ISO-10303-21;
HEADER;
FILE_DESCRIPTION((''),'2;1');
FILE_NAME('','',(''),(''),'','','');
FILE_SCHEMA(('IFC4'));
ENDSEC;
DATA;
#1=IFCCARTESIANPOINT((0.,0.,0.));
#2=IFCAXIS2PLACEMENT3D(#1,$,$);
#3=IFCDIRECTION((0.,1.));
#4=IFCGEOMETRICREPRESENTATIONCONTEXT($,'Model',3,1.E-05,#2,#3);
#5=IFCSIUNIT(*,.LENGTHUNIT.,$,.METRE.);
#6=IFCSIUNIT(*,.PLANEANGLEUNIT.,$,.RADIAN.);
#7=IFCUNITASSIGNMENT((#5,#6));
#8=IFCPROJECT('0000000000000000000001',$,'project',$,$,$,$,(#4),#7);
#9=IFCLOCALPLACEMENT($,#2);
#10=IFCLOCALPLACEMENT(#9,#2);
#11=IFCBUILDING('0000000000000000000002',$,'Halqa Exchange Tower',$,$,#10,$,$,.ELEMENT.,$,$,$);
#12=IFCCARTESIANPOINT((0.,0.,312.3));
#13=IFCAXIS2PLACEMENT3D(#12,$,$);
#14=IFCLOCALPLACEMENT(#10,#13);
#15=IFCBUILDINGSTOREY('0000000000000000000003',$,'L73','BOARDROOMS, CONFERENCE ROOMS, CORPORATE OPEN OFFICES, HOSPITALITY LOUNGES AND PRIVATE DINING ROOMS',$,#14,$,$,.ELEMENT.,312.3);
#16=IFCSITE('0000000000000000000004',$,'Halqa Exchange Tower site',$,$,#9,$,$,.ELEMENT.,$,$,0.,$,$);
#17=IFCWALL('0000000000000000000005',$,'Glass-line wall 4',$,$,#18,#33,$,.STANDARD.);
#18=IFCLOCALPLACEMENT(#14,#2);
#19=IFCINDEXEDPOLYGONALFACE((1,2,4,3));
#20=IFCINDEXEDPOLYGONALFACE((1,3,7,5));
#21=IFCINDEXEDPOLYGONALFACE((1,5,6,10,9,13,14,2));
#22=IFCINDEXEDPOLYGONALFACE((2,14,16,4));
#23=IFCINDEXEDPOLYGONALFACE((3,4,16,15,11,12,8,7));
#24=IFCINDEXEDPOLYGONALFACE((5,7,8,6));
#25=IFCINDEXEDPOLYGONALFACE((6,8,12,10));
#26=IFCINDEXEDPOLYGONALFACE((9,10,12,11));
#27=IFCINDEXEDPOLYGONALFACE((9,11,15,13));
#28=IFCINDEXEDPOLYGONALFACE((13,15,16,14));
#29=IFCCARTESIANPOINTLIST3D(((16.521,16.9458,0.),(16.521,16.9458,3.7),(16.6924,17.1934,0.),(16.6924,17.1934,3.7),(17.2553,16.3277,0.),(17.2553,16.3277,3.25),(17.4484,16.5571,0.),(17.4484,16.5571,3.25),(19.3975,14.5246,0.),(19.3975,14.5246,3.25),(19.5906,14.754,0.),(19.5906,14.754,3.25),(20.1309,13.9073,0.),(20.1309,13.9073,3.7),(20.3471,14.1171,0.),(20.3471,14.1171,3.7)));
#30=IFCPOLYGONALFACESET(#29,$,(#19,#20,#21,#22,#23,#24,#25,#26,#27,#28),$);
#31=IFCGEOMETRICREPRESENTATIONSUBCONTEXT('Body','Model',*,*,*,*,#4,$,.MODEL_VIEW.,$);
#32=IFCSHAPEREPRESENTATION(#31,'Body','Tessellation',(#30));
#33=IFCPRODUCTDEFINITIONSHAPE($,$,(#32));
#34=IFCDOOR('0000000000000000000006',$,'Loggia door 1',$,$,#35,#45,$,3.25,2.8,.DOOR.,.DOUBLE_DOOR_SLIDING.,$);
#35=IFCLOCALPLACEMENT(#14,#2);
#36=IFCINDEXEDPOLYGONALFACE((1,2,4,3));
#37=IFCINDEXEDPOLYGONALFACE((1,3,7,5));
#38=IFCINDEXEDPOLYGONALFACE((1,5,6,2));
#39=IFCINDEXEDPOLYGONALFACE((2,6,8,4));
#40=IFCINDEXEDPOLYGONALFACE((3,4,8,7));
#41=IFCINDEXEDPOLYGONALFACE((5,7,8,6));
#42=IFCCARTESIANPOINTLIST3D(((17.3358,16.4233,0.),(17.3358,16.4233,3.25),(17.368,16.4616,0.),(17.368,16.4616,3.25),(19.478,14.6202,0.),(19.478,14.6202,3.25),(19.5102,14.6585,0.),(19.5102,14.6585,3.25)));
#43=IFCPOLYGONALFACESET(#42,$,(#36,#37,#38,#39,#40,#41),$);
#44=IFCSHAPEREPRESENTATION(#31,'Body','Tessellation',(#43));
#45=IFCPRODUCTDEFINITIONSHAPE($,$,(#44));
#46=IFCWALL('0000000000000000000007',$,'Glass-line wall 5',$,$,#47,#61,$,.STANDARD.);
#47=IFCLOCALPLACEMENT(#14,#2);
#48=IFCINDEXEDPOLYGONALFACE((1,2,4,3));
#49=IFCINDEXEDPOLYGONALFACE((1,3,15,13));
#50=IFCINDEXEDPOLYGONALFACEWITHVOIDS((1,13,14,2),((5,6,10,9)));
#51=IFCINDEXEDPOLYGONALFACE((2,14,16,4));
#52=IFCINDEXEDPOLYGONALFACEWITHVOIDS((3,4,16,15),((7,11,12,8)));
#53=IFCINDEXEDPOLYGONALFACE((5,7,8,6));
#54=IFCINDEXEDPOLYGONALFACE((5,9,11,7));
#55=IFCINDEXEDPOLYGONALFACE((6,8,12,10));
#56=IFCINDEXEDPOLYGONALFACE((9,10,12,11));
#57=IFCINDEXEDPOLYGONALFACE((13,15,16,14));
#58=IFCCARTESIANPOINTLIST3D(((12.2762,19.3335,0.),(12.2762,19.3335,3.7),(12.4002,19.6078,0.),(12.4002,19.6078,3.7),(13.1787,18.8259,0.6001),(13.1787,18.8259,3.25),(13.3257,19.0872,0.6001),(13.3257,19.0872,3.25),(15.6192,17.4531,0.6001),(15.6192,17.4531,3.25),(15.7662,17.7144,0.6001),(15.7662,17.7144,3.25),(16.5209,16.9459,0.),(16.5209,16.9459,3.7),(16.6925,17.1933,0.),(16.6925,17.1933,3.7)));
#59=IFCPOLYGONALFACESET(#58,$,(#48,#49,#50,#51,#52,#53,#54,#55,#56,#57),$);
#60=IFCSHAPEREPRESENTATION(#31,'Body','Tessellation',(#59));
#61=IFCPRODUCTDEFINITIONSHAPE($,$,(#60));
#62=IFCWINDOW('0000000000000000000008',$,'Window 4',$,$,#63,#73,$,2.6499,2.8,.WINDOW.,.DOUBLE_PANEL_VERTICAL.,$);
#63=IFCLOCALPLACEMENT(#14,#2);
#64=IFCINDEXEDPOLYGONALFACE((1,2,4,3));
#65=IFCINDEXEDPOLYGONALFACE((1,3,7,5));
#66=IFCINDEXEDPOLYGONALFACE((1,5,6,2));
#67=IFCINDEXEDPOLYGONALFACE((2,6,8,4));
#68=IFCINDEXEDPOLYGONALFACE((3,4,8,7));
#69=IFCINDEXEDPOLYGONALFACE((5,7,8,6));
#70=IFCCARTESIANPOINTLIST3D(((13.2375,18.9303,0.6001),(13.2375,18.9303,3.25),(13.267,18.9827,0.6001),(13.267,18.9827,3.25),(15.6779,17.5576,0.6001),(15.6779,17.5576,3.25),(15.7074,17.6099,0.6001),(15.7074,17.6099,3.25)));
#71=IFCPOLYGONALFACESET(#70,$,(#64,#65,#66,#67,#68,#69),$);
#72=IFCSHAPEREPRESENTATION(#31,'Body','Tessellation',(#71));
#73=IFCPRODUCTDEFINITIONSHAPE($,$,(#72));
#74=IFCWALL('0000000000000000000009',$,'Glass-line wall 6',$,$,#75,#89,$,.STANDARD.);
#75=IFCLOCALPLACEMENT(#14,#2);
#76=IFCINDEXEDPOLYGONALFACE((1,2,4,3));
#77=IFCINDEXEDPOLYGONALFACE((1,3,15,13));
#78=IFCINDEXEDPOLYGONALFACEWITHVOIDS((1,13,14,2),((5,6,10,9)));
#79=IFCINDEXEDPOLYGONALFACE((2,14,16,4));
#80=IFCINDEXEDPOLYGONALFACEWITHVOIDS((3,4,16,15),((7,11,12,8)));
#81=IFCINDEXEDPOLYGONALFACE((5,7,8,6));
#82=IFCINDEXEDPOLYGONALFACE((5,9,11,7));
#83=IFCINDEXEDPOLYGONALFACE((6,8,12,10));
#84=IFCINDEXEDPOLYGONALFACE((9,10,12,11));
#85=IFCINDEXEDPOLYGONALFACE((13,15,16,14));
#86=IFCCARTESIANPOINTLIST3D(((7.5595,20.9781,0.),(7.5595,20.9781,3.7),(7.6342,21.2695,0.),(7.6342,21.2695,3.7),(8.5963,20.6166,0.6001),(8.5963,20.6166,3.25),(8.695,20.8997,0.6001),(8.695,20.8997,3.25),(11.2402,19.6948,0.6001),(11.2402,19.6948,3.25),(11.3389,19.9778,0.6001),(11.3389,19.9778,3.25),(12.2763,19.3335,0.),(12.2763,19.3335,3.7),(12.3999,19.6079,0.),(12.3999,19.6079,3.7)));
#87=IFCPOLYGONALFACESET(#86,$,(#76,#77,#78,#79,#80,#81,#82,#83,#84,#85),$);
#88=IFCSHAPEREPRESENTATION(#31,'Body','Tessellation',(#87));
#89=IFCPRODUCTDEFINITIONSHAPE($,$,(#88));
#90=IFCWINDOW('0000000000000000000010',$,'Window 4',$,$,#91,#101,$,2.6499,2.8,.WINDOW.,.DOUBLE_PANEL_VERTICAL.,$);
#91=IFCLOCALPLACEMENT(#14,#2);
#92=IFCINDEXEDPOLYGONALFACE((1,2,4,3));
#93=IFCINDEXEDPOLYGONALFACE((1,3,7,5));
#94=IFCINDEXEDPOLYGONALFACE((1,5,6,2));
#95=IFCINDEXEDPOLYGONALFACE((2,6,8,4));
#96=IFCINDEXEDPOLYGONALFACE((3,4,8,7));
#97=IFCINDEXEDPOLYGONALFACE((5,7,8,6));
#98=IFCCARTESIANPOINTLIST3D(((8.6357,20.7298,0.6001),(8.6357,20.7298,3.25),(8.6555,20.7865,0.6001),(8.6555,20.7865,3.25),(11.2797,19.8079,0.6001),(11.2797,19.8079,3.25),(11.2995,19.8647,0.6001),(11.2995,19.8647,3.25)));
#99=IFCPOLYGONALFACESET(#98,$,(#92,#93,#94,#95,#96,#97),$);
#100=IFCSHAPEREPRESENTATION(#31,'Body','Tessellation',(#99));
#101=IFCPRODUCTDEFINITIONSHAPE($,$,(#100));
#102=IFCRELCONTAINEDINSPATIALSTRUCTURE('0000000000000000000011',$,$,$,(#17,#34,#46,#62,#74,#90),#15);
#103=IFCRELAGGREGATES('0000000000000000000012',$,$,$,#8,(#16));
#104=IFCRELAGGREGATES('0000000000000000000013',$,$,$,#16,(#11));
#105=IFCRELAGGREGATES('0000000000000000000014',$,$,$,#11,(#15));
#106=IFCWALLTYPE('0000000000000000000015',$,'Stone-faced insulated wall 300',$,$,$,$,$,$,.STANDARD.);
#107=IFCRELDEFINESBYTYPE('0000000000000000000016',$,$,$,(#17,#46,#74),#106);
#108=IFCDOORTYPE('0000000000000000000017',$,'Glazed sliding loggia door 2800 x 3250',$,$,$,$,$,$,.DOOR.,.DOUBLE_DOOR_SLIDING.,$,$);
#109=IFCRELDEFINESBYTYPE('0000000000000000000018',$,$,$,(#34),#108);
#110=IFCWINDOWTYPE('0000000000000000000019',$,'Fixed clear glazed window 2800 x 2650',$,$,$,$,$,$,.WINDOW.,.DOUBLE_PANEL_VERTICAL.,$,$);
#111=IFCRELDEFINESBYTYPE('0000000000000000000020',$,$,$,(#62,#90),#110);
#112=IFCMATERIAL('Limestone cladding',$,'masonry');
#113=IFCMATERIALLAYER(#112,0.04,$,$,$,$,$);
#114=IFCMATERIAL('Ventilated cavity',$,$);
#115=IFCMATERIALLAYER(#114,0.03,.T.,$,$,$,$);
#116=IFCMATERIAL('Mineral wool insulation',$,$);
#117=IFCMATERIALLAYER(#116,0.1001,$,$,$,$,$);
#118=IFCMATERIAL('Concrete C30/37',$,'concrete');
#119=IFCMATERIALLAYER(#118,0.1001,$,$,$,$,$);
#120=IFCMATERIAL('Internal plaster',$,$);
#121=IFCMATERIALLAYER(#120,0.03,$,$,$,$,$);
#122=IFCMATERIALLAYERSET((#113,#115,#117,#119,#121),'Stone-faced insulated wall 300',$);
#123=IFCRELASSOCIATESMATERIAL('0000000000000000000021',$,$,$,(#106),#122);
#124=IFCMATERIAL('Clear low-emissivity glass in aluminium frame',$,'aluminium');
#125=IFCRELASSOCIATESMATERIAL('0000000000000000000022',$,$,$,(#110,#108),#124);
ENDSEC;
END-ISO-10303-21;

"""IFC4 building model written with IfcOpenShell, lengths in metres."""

from ifc_helpers import new_model, si_unit, direction, frame, frame_2d, origin, place, context, subcontext, project, spatial, polyline, rectangle, outline, extrude, material, layer, layer_set, type_object, element, fill, save


model = new_model("IFC4")

# Units and contexts
model_context = context("Model", 3, precision=1e-05, world=origin(), true_north=direction((0.0, 1.0)))
body_context = subcontext(model_context, "Body", "Model", "MODEL_VIEW")
ifc_project = project(units=[si_unit("LENGTHUNIT", "METRE"), si_unit("PLANEANGLEUNIT", "RADIAN")], contexts=[model_context])

# Site, building, storey
site_placement = place(None, origin())
site = spatial("IfcSite", under=ifc_project, at=site_placement, Name="Halqa Exchange Tower site", CompositionType="ELEMENT", RefElevation=0.0)
building_placement = place(site_placement, origin())
building = spatial("IfcBuilding", under=site, at=building_placement, Name="Halqa Exchange Tower", CompositionType="ELEMENT")
storey_placement = place(building_placement, frame((0.0, 0.0, 312.3)))
storey = spatial("IfcBuildingStorey", under=building, at=storey_placement, Name="L73", Description="BOARDROOMS, CONFERENCE ROOMS, CORPORATE OPEN OFFICES, HOSPITALITY LOUNGES AND PRIVATE DINING ROOMS", CompositionType="ELEMENT", Elevation=312.3)

# Shared definitions
ifc_material_1 = material(Name="Limestone cladding", Category="masonry")
ifc_layer_1 = layer(ifc_material_1, 0.04)
ifc_material_2 = material(Name="Ventilated cavity")
ifc_layer_2 = layer(ifc_material_2, 0.03, ventilated=True)
ifc_material_3 = material(Name="Mineral wool insulation")
ifc_layer_3 = layer(ifc_material_3, 0.1001)
ifc_material_4 = material(Name="Concrete C30/37", Category="concrete")
ifc_layer_4 = layer(ifc_material_4, 0.1001)
ifc_material_5 = material(Name="Internal plaster")
ifc_layer_5 = layer(ifc_material_5, 0.03)
ifc_layer_set = layer_set([ifc_layer_1, ifc_layer_2, ifc_layer_3, ifc_layer_4, ifc_layer_5], Name="Stone-faced insulated wall 300")
wall_type = type_object("IfcWallType", Name="Stone-faced insulated wall 300", PredefinedType="STANDARD", material=ifc_layer_set)
ifc_material_6 = material(Name="Clear low-emissivity glass in aluminium frame", Category="aluminium")
window_type = type_object("IfcWindowType", Name="Fixed clear glazed window 2800 x 2650", PartitioningType="DOUBLE_PANEL_VERTICAL", PredefinedType="WINDOW", material=ifc_material_6)

# Wall, opening, door
wall_1_placement = place(storey_placement, frame((20.239, 14.0122, 0.0), z_axis=(0.0, 0.0, 1.0), x_axis=(-0.765059, 0.64396, 0.0)))
wall_1 = element("IfcWall", 1, at=wall_1_placement, inside=storey, type_object=wall_type, Name="Glass-line wall 4", PredefinedType="STANDARD", context=body_context, shape_type="SweptSolid", body=[
    extrude(outline(polyline([(-0.0151, -0.1499), (4.762, -0.1499), (4.7336, 0.1499), (0.0151, 0.1499), (-0.0151, -0.1499)])), origin(), (0.0, 0.0, 1.0), 3.7),
])
opening_1_placement = place(wall_1_placement, frame((0.9739, 0.0, 0.0)))
opening_1 = element("IfcOpeningElement", 2, at=opening_1_placement, cuts=wall_1, PredefinedType="OPENING", context=body_context, shape_type="SweptSolid", body=[
    extrude(rectangle(XDim=2.8, YDim=3.25, at=frame_2d((1.3999, 1.625))), frame((0.0, 0.1621, 0.0), z_axis=(0.0, -1.0, 0.0), x_axis=(1.0, 0.0, 0.0)), (0.0, 0.0, 1.0), 0.324),
])
door_type = type_object("IfcDoorType", Name="Glazed sliding loggia door 2800 x 3250", OperationType="DOUBLE_DOOR_SLIDING", PredefinedType="DOOR", material=ifc_material_6)
door_placement = place(opening_1_placement, origin())
door = element("IfcDoor", 3, at=door_placement, inside=storey, type_object=door_type, Name="Loggia door 1", OperationType="DOUBLE_DOOR_SLIDING", OverallHeight=3.25, OverallWidth=2.8, PredefinedType="DOOR", context=body_context, shape_type="SweptSolid", body=[
    extrude(rectangle(XDim=2.8, YDim=3.25, at=frame_2d((1.3999, 1.625))), frame((0.0, 0.0249, 0.0), z_axis=(0.0, -1.0, 0.0), x_axis=(1.0, 0.0, 0.0)), (0.0, 0.0, 1.0), 0.05),
])
fill(opening_1, door)

# Walls, openings, windows
wall_2_placement = place(storey_placement, frame((16.6067, 17.0696, 0.0), z_axis=(0.0, 0.0, 1.0), x_axis=(-0.87157, 0.490271, 0.0)))
wall_2 = element("IfcWall", 4, at=wall_2_placement, inside=storey, type_object=wall_type, Name="Glass-line wall 5", PredefinedType="STANDARD", context=body_context, shape_type="SweptSolid", body=[
    extrude(outline(polyline([(-0.0142, -0.1499), (4.9106, -0.1499), (4.8843, 0.1499), (0.0142, 0.1499), (-0.0142, -0.1499)])), origin(), (0.0, 0.0, 1.0), 3.7),
])
opening_2_placement = place(wall_2_placement, frame((1.0488, 0.0, 0.6001)))
opening_2 = element("IfcOpeningElement", 5, at=opening_2_placement, cuts=wall_2, PredefinedType="OPENING", context=body_context, shape_type="SweptSolid", body=[
    extrude(rectangle(XDim=2.8, YDim=2.6499, at=frame_2d((1.3999, 1.325))), frame((0.0, 0.1621, 0.0), z_axis=(0.0, -1.0, 0.0), x_axis=(1.0, 0.0, 0.0)), (0.0, 0.0, 1.0), 0.324),
])
window_1_placement = place(opening_2_placement, origin())
window_1 = element("IfcWindow", 6, at=window_1_placement, inside=storey, type_object=window_type, Name="Window 4", OverallHeight=2.6499, OverallWidth=2.8, PartitioningType="DOUBLE_PANEL_VERTICAL", PredefinedType="WINDOW", context=body_context, shape_type="SweptSolid", body=[
    extrude(rectangle(XDim=2.8, YDim=2.6499, at=frame_2d((1.3999, 1.325))), frame((0.0, 0.03, 0.0), z_axis=(0.0, -1.0, 0.0), x_axis=(1.0, 0.0, 0.0)), (0.0, 0.0, 1.0), 0.0601),
])
fill(opening_2, window_1)
wall_3_placement = place(storey_placement, frame((12.3381, 19.4707, 0.0), z_axis=(0.0, 0.0, 1.0), x_axis=(-0.944252, 0.329224, 0.0)))
wall_3 = element("IfcWall", 7, at=wall_3_placement, inside=storey, type_object=wall_type, Name="Glass-line wall 6", PredefinedType="STANDARD", context=body_context, shape_type="SweptSolid", body=[
    extrude(outline(polyline([(-0.0132, -0.1499), (5.0339, -0.1499), (5.0085, 0.1499), (0.0132, 0.1499), (-0.0132, -0.1499)])), origin(), (0.0, 0.0, 1.0), 3.7),
])
opening_3_placement = place(wall_3_placement, frame((1.1106, 0.0, 0.6001)))
opening_3 = element("IfcOpeningElement", 8, at=opening_3_placement, cuts=wall_3, PredefinedType="OPENING", context=body_context, shape_type="SweptSolid", body=[
    extrude(rectangle(XDim=2.8, YDim=2.6499, at=frame_2d((1.3999, 1.325))), frame((0.0, 0.1621, 0.0), z_axis=(0.0, -1.0, 0.0), x_axis=(1.0, 0.0, 0.0)), (0.0, 0.0, 1.0), 0.324),
])
window_2_placement = place(opening_3_placement, origin())
window_2 = element("IfcWindow", 9, at=window_2_placement, inside=storey, type_object=window_type, Name="Window 4", OverallHeight=2.6499, OverallWidth=2.8, PartitioningType="DOUBLE_PANEL_VERTICAL", PredefinedType="WINDOW", context=body_context, shape_type="SweptSolid", body=[
    extrude(rectangle(XDim=2.8, YDim=2.6499, at=frame_2d((1.3999, 1.325))), frame((0.0, 0.03, 0.0), z_axis=(0.0, -1.0, 0.0), x_axis=(1.0, 0.0, 0.0)), (0.0, 0.0, 1.0), 0.0601),
])
fill(opening_3, window_2)

save(model, "model.ifc")
